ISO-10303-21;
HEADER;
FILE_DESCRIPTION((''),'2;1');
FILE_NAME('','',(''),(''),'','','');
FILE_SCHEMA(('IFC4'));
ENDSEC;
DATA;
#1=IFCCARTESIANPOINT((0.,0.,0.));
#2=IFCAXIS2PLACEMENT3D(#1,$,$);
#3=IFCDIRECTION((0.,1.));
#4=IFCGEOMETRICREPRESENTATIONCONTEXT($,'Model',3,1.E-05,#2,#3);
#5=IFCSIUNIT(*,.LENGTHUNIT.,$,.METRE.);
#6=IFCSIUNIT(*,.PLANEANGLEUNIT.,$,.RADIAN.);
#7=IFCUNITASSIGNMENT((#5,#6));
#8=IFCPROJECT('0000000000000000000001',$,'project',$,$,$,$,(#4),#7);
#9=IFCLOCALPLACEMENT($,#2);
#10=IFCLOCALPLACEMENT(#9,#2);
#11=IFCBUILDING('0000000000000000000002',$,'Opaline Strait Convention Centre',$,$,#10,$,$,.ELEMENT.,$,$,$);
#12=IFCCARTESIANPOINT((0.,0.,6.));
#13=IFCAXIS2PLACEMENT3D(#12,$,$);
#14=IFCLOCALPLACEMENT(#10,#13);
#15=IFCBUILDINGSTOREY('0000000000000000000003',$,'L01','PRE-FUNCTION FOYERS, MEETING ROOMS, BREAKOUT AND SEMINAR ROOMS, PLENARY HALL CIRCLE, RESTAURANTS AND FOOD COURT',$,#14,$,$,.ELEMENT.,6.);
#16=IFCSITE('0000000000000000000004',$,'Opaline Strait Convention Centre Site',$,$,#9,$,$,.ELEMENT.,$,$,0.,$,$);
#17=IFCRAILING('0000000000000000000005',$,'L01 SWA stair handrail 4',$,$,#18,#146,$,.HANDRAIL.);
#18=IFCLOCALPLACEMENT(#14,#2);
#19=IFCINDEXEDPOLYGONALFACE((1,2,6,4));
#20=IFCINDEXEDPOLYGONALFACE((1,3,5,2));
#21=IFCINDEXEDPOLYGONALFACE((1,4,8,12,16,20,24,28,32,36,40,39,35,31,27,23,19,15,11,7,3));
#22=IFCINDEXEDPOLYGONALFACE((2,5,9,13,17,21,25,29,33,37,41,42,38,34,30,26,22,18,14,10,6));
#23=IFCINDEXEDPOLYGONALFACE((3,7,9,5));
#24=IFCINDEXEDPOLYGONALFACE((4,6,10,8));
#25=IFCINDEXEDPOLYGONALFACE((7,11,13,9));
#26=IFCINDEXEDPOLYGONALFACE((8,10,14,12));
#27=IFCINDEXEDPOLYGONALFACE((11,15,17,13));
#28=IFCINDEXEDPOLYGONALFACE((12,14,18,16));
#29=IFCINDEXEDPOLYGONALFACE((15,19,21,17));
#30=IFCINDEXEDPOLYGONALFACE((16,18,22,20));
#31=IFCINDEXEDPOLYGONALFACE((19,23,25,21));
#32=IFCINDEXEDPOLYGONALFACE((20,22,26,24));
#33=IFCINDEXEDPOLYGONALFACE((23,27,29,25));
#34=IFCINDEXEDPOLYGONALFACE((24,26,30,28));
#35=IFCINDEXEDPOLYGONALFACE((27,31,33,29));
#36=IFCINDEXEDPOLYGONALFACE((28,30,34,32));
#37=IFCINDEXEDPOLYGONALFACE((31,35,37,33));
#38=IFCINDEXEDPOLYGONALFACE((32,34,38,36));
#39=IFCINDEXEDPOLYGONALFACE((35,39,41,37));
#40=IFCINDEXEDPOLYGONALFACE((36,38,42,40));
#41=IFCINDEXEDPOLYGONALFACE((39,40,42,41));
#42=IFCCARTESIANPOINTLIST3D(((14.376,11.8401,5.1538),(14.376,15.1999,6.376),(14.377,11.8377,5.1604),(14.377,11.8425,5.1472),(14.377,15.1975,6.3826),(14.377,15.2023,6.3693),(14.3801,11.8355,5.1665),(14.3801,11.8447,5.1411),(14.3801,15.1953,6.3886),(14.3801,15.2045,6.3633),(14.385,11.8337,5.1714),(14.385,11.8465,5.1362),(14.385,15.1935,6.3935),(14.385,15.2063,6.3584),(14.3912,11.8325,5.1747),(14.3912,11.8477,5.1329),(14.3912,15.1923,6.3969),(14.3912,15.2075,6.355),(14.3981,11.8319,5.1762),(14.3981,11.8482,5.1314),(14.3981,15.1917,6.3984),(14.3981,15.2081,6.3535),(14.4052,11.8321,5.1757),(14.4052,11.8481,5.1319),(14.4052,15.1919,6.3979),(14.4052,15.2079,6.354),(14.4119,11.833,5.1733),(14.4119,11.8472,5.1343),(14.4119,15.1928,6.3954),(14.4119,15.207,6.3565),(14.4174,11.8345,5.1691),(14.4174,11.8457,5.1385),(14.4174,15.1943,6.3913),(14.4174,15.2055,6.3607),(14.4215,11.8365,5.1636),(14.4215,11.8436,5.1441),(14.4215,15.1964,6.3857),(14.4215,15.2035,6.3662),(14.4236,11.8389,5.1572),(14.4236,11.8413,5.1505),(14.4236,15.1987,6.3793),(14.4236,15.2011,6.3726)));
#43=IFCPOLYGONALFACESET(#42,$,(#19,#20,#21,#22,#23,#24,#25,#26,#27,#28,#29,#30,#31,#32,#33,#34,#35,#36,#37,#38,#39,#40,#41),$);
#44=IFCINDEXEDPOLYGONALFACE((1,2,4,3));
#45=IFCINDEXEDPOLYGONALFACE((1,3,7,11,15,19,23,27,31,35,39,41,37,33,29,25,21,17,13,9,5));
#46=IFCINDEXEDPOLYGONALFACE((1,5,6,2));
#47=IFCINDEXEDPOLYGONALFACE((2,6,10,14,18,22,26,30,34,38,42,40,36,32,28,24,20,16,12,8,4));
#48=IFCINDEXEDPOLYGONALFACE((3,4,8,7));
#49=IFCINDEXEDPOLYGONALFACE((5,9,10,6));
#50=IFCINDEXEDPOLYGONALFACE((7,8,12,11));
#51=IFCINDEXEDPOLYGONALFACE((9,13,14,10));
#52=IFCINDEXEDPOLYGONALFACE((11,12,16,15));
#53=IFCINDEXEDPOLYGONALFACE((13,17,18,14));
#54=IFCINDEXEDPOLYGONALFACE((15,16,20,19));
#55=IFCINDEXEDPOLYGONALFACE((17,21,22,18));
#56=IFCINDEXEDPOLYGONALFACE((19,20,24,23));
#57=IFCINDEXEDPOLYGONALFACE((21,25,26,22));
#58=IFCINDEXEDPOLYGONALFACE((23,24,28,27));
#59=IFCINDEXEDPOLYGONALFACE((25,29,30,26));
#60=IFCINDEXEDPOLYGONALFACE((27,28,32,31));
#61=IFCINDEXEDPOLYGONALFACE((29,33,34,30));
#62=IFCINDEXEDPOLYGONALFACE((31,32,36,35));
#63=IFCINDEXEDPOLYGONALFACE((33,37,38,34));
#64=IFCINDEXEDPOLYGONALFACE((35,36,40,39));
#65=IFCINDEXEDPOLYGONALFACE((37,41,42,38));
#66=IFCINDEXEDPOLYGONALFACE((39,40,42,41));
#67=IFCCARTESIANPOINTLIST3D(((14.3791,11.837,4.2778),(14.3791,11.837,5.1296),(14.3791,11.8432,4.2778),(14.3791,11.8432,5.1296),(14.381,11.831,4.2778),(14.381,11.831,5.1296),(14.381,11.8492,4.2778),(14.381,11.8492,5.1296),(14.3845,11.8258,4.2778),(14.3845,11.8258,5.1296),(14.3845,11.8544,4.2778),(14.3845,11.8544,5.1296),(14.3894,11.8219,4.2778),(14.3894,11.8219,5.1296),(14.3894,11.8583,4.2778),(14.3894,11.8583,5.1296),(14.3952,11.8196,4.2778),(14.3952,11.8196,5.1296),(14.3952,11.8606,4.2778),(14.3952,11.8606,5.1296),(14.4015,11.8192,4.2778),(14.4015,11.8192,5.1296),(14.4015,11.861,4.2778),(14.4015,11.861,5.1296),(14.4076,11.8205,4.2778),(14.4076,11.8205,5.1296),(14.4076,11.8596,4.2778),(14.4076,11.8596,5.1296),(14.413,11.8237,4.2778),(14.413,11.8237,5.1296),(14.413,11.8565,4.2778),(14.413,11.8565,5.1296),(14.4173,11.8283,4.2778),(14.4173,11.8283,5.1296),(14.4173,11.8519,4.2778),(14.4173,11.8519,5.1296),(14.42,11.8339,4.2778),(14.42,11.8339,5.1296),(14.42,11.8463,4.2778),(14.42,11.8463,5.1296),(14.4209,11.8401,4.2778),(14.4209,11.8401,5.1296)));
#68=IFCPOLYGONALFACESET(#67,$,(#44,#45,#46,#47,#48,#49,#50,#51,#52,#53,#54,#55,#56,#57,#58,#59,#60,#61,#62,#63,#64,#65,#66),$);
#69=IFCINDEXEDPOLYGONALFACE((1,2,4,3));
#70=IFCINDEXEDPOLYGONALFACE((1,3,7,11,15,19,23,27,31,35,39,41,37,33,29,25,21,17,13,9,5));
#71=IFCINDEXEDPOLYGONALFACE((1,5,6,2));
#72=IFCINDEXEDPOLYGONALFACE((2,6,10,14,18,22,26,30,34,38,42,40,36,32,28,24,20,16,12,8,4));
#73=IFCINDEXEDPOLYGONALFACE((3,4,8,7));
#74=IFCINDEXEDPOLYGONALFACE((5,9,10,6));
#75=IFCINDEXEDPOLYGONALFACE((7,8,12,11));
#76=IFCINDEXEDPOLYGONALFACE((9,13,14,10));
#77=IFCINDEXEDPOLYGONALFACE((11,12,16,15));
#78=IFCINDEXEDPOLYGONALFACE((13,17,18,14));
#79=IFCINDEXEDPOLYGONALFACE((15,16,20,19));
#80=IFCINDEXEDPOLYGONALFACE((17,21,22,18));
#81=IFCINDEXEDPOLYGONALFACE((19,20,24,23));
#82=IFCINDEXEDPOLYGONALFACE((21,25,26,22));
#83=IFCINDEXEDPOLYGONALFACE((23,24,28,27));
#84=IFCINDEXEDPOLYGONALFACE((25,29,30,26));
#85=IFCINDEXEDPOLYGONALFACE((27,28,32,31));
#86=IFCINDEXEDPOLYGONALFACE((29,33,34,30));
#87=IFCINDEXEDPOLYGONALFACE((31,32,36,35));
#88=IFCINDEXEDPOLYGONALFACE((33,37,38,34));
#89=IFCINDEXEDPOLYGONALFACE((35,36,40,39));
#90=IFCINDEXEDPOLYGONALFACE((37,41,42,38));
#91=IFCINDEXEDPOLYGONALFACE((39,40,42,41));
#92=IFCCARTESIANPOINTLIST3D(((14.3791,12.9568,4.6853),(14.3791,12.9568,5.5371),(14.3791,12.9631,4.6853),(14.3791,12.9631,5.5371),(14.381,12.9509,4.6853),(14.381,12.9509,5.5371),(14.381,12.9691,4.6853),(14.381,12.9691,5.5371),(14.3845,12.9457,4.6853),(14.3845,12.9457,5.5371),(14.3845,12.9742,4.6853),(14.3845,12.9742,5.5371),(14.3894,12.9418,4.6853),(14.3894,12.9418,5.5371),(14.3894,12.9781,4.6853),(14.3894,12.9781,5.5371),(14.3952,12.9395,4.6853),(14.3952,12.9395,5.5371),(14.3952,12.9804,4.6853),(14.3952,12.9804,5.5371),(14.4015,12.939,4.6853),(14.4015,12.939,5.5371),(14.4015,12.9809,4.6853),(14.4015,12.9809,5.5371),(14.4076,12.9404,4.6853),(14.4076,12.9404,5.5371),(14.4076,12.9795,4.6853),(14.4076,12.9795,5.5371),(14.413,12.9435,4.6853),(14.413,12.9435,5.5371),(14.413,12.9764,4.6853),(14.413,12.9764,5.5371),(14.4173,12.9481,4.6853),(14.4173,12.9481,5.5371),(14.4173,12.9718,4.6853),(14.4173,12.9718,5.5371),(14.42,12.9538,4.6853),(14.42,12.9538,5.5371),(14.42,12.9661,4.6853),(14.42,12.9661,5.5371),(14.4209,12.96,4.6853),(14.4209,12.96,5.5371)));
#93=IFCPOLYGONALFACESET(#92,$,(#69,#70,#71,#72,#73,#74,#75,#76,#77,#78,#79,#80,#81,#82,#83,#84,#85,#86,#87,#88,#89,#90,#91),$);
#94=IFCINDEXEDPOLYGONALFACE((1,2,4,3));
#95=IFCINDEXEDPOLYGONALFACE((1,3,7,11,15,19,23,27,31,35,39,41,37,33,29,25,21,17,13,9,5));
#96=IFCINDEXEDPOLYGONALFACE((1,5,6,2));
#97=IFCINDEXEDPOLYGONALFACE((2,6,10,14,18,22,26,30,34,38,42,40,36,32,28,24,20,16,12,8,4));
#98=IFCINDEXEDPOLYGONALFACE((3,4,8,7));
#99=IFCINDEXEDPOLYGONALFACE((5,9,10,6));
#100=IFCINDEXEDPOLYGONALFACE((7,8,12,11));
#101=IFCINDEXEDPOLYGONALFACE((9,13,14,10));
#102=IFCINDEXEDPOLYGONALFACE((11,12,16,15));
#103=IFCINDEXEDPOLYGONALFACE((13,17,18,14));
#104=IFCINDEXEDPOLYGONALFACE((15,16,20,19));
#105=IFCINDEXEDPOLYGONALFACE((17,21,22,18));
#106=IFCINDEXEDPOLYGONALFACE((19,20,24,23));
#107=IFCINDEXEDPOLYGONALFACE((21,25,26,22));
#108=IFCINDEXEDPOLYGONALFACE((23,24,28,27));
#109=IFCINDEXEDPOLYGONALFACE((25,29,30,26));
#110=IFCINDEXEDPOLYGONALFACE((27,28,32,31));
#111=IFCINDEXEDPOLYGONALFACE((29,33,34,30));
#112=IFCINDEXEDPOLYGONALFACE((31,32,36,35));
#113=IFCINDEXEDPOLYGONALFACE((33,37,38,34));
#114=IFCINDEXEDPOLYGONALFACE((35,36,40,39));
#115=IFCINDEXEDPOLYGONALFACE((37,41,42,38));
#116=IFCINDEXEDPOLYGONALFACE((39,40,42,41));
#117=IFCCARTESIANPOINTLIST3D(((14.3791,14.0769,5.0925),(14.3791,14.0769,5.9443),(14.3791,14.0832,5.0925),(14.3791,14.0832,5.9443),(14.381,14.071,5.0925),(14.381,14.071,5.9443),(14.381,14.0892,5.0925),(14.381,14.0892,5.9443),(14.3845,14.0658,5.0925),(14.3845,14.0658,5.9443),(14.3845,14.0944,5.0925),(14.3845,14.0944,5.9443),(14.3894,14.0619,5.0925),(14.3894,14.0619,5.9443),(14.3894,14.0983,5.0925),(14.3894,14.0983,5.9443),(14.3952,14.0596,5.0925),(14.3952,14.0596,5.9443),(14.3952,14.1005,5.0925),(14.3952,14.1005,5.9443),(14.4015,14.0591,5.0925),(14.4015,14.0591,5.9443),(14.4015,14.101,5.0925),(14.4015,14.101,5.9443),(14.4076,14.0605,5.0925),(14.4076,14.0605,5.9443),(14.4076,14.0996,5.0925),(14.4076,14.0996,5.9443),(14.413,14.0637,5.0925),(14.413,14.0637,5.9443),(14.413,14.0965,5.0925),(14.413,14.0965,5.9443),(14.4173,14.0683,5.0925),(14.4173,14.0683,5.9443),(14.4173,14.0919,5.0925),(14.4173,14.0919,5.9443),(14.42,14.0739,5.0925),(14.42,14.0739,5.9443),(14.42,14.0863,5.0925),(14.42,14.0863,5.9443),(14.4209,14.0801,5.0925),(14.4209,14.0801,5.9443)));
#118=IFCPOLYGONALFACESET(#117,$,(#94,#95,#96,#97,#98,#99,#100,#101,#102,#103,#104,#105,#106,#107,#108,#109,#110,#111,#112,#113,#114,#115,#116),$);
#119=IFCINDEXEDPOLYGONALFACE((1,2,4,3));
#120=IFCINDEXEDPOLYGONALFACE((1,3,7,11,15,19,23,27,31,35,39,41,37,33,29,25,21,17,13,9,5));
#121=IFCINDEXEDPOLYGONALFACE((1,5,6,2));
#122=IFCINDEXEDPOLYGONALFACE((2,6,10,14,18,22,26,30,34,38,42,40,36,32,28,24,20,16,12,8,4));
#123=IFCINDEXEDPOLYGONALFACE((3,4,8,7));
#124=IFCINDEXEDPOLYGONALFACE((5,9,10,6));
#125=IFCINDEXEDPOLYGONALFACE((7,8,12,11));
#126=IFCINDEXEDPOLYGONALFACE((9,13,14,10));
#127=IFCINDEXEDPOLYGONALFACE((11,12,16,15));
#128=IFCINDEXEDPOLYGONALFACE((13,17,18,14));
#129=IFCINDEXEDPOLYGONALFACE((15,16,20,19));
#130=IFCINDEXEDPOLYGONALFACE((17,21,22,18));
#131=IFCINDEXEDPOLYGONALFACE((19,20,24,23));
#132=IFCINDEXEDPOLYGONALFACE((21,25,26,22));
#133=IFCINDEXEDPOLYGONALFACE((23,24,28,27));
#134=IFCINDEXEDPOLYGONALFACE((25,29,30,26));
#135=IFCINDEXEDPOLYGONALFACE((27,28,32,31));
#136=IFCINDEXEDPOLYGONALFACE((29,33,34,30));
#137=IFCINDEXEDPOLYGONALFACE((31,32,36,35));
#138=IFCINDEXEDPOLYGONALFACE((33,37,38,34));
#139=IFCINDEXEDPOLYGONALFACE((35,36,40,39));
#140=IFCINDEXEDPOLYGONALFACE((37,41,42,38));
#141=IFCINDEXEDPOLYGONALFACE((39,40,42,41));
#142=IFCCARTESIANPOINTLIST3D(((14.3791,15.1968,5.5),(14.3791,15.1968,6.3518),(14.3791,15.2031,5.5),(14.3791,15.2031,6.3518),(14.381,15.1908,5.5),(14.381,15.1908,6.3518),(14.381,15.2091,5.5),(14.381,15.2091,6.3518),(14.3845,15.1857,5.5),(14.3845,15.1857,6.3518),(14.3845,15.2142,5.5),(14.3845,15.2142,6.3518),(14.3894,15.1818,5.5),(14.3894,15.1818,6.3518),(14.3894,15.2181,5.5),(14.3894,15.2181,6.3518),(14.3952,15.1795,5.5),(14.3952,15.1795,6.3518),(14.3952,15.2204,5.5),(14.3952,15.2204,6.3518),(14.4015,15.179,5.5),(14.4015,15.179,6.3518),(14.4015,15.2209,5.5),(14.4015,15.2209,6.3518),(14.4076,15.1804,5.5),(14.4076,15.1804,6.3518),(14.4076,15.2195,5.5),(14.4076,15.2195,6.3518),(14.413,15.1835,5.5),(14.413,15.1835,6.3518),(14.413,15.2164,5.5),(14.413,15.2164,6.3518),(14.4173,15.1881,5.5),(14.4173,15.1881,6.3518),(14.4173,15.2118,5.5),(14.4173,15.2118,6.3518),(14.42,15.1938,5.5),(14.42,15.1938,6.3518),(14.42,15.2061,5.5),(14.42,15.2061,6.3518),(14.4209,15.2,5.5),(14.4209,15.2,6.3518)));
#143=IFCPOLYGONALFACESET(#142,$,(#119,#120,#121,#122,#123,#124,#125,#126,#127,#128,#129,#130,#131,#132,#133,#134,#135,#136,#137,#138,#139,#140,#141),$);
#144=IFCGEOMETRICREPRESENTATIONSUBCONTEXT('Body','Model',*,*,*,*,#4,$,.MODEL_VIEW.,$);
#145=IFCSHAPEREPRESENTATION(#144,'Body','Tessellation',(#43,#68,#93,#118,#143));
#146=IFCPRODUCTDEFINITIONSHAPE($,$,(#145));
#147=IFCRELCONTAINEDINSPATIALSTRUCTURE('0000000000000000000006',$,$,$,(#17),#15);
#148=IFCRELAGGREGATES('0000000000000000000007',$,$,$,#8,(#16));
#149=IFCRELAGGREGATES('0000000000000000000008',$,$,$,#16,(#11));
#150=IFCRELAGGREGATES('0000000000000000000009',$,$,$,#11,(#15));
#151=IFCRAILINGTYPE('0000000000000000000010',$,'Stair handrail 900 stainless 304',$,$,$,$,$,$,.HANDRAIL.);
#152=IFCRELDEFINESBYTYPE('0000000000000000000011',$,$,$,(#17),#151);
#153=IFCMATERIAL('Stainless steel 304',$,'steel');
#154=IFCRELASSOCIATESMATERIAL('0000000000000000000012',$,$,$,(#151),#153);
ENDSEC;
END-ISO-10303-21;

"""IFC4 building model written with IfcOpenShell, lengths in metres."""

from ifc_helpers import new_model, si_unit, direction, frame, origin, origin_2d, place, context, subcontext, project, spatial, circle, extrude, material, type_object, element, save


model = new_model("IFC4")

# Units and contexts
model_context = context("Model", 3, precision=1e-05, world=origin(), true_north=direction((0.0, 1.0)))
body_context = subcontext(model_context, "Body", "Model", "MODEL_VIEW")
ifc_project = project(units=[si_unit("LENGTHUNIT", "METRE"), si_unit("PLANEANGLEUNIT", "RADIAN")], contexts=[model_context])

# Site, building, storey
site_placement = place(None, origin())
site = spatial("IfcSite", under=ifc_project, at=site_placement, Name="Opaline Strait Convention Centre Site", CompositionType="ELEMENT", RefElevation=0.0)
building_placement = place(site_placement, origin())
building = spatial("IfcBuilding", under=site, at=building_placement, Name="Opaline Strait Convention Centre", CompositionType="ELEMENT")
storey_placement = place(building_placement, frame((0.0, 0.0, 6.0)))
storey = spatial("IfcBuildingStorey", under=building, at=storey_placement, Name="L01", Description="PRE-FUNCTION FOYERS, MEETING ROOMS, BREAKOUT AND SEMINAR ROOMS, PLENARY HALL CIRCLE, RESTAURANTS AND FOOD COURT", CompositionType="ELEMENT", Elevation=6.0)

# Railing
ifc_material_1 = material(Name="Stainless steel 304", Category="steel")
railing_type_1 = type_object("IfcRailingType", Name="Stair handrail 900 stainless 304", PredefinedType="HANDRAIL", material=ifc_material_1)
railing_1_placement = place(storey_placement, frame((14.3999, 11.8401, 4.2778)))
element("IfcRailing", 1, at=railing_1_placement, inside=storey, type_object=railing_type_1, Name="L01 SWA stair handrail 4", PredefinedType="HANDRAIL", context=body_context, shape_type="SweptSolid", body=[
    extrude(circle(Radius=0.0239, at=origin_2d()), frame((0.0, 0.0, 0.876), z_axis=(0.0, 0.939758, 0.341842), x_axis=(-1.0, 0.0, 0.0)), (0.0, 0.0, 1.0), 3.5752),
    extrude(circle(Radius=0.021, at=origin_2d()), origin(), (0.0, 0.0, 1.0), 0.8518),
    extrude(circle(Radius=0.021, at=origin_2d()), frame((0.0, 1.1199, 0.4075)), (0.0, 0.0, 1.0), 0.8518),
    extrude(circle(Radius=0.021, at=origin_2d()), frame((0.0, 2.24, 0.8147)), (0.0, 0.0, 1.0), 0.8518),
    extrude(circle(Radius=0.021, at=origin_2d()), frame((0.0, 3.3599, 1.2222)), (0.0, 0.0, 1.0), 0.8518),
])

save(model, "model.ifc")
